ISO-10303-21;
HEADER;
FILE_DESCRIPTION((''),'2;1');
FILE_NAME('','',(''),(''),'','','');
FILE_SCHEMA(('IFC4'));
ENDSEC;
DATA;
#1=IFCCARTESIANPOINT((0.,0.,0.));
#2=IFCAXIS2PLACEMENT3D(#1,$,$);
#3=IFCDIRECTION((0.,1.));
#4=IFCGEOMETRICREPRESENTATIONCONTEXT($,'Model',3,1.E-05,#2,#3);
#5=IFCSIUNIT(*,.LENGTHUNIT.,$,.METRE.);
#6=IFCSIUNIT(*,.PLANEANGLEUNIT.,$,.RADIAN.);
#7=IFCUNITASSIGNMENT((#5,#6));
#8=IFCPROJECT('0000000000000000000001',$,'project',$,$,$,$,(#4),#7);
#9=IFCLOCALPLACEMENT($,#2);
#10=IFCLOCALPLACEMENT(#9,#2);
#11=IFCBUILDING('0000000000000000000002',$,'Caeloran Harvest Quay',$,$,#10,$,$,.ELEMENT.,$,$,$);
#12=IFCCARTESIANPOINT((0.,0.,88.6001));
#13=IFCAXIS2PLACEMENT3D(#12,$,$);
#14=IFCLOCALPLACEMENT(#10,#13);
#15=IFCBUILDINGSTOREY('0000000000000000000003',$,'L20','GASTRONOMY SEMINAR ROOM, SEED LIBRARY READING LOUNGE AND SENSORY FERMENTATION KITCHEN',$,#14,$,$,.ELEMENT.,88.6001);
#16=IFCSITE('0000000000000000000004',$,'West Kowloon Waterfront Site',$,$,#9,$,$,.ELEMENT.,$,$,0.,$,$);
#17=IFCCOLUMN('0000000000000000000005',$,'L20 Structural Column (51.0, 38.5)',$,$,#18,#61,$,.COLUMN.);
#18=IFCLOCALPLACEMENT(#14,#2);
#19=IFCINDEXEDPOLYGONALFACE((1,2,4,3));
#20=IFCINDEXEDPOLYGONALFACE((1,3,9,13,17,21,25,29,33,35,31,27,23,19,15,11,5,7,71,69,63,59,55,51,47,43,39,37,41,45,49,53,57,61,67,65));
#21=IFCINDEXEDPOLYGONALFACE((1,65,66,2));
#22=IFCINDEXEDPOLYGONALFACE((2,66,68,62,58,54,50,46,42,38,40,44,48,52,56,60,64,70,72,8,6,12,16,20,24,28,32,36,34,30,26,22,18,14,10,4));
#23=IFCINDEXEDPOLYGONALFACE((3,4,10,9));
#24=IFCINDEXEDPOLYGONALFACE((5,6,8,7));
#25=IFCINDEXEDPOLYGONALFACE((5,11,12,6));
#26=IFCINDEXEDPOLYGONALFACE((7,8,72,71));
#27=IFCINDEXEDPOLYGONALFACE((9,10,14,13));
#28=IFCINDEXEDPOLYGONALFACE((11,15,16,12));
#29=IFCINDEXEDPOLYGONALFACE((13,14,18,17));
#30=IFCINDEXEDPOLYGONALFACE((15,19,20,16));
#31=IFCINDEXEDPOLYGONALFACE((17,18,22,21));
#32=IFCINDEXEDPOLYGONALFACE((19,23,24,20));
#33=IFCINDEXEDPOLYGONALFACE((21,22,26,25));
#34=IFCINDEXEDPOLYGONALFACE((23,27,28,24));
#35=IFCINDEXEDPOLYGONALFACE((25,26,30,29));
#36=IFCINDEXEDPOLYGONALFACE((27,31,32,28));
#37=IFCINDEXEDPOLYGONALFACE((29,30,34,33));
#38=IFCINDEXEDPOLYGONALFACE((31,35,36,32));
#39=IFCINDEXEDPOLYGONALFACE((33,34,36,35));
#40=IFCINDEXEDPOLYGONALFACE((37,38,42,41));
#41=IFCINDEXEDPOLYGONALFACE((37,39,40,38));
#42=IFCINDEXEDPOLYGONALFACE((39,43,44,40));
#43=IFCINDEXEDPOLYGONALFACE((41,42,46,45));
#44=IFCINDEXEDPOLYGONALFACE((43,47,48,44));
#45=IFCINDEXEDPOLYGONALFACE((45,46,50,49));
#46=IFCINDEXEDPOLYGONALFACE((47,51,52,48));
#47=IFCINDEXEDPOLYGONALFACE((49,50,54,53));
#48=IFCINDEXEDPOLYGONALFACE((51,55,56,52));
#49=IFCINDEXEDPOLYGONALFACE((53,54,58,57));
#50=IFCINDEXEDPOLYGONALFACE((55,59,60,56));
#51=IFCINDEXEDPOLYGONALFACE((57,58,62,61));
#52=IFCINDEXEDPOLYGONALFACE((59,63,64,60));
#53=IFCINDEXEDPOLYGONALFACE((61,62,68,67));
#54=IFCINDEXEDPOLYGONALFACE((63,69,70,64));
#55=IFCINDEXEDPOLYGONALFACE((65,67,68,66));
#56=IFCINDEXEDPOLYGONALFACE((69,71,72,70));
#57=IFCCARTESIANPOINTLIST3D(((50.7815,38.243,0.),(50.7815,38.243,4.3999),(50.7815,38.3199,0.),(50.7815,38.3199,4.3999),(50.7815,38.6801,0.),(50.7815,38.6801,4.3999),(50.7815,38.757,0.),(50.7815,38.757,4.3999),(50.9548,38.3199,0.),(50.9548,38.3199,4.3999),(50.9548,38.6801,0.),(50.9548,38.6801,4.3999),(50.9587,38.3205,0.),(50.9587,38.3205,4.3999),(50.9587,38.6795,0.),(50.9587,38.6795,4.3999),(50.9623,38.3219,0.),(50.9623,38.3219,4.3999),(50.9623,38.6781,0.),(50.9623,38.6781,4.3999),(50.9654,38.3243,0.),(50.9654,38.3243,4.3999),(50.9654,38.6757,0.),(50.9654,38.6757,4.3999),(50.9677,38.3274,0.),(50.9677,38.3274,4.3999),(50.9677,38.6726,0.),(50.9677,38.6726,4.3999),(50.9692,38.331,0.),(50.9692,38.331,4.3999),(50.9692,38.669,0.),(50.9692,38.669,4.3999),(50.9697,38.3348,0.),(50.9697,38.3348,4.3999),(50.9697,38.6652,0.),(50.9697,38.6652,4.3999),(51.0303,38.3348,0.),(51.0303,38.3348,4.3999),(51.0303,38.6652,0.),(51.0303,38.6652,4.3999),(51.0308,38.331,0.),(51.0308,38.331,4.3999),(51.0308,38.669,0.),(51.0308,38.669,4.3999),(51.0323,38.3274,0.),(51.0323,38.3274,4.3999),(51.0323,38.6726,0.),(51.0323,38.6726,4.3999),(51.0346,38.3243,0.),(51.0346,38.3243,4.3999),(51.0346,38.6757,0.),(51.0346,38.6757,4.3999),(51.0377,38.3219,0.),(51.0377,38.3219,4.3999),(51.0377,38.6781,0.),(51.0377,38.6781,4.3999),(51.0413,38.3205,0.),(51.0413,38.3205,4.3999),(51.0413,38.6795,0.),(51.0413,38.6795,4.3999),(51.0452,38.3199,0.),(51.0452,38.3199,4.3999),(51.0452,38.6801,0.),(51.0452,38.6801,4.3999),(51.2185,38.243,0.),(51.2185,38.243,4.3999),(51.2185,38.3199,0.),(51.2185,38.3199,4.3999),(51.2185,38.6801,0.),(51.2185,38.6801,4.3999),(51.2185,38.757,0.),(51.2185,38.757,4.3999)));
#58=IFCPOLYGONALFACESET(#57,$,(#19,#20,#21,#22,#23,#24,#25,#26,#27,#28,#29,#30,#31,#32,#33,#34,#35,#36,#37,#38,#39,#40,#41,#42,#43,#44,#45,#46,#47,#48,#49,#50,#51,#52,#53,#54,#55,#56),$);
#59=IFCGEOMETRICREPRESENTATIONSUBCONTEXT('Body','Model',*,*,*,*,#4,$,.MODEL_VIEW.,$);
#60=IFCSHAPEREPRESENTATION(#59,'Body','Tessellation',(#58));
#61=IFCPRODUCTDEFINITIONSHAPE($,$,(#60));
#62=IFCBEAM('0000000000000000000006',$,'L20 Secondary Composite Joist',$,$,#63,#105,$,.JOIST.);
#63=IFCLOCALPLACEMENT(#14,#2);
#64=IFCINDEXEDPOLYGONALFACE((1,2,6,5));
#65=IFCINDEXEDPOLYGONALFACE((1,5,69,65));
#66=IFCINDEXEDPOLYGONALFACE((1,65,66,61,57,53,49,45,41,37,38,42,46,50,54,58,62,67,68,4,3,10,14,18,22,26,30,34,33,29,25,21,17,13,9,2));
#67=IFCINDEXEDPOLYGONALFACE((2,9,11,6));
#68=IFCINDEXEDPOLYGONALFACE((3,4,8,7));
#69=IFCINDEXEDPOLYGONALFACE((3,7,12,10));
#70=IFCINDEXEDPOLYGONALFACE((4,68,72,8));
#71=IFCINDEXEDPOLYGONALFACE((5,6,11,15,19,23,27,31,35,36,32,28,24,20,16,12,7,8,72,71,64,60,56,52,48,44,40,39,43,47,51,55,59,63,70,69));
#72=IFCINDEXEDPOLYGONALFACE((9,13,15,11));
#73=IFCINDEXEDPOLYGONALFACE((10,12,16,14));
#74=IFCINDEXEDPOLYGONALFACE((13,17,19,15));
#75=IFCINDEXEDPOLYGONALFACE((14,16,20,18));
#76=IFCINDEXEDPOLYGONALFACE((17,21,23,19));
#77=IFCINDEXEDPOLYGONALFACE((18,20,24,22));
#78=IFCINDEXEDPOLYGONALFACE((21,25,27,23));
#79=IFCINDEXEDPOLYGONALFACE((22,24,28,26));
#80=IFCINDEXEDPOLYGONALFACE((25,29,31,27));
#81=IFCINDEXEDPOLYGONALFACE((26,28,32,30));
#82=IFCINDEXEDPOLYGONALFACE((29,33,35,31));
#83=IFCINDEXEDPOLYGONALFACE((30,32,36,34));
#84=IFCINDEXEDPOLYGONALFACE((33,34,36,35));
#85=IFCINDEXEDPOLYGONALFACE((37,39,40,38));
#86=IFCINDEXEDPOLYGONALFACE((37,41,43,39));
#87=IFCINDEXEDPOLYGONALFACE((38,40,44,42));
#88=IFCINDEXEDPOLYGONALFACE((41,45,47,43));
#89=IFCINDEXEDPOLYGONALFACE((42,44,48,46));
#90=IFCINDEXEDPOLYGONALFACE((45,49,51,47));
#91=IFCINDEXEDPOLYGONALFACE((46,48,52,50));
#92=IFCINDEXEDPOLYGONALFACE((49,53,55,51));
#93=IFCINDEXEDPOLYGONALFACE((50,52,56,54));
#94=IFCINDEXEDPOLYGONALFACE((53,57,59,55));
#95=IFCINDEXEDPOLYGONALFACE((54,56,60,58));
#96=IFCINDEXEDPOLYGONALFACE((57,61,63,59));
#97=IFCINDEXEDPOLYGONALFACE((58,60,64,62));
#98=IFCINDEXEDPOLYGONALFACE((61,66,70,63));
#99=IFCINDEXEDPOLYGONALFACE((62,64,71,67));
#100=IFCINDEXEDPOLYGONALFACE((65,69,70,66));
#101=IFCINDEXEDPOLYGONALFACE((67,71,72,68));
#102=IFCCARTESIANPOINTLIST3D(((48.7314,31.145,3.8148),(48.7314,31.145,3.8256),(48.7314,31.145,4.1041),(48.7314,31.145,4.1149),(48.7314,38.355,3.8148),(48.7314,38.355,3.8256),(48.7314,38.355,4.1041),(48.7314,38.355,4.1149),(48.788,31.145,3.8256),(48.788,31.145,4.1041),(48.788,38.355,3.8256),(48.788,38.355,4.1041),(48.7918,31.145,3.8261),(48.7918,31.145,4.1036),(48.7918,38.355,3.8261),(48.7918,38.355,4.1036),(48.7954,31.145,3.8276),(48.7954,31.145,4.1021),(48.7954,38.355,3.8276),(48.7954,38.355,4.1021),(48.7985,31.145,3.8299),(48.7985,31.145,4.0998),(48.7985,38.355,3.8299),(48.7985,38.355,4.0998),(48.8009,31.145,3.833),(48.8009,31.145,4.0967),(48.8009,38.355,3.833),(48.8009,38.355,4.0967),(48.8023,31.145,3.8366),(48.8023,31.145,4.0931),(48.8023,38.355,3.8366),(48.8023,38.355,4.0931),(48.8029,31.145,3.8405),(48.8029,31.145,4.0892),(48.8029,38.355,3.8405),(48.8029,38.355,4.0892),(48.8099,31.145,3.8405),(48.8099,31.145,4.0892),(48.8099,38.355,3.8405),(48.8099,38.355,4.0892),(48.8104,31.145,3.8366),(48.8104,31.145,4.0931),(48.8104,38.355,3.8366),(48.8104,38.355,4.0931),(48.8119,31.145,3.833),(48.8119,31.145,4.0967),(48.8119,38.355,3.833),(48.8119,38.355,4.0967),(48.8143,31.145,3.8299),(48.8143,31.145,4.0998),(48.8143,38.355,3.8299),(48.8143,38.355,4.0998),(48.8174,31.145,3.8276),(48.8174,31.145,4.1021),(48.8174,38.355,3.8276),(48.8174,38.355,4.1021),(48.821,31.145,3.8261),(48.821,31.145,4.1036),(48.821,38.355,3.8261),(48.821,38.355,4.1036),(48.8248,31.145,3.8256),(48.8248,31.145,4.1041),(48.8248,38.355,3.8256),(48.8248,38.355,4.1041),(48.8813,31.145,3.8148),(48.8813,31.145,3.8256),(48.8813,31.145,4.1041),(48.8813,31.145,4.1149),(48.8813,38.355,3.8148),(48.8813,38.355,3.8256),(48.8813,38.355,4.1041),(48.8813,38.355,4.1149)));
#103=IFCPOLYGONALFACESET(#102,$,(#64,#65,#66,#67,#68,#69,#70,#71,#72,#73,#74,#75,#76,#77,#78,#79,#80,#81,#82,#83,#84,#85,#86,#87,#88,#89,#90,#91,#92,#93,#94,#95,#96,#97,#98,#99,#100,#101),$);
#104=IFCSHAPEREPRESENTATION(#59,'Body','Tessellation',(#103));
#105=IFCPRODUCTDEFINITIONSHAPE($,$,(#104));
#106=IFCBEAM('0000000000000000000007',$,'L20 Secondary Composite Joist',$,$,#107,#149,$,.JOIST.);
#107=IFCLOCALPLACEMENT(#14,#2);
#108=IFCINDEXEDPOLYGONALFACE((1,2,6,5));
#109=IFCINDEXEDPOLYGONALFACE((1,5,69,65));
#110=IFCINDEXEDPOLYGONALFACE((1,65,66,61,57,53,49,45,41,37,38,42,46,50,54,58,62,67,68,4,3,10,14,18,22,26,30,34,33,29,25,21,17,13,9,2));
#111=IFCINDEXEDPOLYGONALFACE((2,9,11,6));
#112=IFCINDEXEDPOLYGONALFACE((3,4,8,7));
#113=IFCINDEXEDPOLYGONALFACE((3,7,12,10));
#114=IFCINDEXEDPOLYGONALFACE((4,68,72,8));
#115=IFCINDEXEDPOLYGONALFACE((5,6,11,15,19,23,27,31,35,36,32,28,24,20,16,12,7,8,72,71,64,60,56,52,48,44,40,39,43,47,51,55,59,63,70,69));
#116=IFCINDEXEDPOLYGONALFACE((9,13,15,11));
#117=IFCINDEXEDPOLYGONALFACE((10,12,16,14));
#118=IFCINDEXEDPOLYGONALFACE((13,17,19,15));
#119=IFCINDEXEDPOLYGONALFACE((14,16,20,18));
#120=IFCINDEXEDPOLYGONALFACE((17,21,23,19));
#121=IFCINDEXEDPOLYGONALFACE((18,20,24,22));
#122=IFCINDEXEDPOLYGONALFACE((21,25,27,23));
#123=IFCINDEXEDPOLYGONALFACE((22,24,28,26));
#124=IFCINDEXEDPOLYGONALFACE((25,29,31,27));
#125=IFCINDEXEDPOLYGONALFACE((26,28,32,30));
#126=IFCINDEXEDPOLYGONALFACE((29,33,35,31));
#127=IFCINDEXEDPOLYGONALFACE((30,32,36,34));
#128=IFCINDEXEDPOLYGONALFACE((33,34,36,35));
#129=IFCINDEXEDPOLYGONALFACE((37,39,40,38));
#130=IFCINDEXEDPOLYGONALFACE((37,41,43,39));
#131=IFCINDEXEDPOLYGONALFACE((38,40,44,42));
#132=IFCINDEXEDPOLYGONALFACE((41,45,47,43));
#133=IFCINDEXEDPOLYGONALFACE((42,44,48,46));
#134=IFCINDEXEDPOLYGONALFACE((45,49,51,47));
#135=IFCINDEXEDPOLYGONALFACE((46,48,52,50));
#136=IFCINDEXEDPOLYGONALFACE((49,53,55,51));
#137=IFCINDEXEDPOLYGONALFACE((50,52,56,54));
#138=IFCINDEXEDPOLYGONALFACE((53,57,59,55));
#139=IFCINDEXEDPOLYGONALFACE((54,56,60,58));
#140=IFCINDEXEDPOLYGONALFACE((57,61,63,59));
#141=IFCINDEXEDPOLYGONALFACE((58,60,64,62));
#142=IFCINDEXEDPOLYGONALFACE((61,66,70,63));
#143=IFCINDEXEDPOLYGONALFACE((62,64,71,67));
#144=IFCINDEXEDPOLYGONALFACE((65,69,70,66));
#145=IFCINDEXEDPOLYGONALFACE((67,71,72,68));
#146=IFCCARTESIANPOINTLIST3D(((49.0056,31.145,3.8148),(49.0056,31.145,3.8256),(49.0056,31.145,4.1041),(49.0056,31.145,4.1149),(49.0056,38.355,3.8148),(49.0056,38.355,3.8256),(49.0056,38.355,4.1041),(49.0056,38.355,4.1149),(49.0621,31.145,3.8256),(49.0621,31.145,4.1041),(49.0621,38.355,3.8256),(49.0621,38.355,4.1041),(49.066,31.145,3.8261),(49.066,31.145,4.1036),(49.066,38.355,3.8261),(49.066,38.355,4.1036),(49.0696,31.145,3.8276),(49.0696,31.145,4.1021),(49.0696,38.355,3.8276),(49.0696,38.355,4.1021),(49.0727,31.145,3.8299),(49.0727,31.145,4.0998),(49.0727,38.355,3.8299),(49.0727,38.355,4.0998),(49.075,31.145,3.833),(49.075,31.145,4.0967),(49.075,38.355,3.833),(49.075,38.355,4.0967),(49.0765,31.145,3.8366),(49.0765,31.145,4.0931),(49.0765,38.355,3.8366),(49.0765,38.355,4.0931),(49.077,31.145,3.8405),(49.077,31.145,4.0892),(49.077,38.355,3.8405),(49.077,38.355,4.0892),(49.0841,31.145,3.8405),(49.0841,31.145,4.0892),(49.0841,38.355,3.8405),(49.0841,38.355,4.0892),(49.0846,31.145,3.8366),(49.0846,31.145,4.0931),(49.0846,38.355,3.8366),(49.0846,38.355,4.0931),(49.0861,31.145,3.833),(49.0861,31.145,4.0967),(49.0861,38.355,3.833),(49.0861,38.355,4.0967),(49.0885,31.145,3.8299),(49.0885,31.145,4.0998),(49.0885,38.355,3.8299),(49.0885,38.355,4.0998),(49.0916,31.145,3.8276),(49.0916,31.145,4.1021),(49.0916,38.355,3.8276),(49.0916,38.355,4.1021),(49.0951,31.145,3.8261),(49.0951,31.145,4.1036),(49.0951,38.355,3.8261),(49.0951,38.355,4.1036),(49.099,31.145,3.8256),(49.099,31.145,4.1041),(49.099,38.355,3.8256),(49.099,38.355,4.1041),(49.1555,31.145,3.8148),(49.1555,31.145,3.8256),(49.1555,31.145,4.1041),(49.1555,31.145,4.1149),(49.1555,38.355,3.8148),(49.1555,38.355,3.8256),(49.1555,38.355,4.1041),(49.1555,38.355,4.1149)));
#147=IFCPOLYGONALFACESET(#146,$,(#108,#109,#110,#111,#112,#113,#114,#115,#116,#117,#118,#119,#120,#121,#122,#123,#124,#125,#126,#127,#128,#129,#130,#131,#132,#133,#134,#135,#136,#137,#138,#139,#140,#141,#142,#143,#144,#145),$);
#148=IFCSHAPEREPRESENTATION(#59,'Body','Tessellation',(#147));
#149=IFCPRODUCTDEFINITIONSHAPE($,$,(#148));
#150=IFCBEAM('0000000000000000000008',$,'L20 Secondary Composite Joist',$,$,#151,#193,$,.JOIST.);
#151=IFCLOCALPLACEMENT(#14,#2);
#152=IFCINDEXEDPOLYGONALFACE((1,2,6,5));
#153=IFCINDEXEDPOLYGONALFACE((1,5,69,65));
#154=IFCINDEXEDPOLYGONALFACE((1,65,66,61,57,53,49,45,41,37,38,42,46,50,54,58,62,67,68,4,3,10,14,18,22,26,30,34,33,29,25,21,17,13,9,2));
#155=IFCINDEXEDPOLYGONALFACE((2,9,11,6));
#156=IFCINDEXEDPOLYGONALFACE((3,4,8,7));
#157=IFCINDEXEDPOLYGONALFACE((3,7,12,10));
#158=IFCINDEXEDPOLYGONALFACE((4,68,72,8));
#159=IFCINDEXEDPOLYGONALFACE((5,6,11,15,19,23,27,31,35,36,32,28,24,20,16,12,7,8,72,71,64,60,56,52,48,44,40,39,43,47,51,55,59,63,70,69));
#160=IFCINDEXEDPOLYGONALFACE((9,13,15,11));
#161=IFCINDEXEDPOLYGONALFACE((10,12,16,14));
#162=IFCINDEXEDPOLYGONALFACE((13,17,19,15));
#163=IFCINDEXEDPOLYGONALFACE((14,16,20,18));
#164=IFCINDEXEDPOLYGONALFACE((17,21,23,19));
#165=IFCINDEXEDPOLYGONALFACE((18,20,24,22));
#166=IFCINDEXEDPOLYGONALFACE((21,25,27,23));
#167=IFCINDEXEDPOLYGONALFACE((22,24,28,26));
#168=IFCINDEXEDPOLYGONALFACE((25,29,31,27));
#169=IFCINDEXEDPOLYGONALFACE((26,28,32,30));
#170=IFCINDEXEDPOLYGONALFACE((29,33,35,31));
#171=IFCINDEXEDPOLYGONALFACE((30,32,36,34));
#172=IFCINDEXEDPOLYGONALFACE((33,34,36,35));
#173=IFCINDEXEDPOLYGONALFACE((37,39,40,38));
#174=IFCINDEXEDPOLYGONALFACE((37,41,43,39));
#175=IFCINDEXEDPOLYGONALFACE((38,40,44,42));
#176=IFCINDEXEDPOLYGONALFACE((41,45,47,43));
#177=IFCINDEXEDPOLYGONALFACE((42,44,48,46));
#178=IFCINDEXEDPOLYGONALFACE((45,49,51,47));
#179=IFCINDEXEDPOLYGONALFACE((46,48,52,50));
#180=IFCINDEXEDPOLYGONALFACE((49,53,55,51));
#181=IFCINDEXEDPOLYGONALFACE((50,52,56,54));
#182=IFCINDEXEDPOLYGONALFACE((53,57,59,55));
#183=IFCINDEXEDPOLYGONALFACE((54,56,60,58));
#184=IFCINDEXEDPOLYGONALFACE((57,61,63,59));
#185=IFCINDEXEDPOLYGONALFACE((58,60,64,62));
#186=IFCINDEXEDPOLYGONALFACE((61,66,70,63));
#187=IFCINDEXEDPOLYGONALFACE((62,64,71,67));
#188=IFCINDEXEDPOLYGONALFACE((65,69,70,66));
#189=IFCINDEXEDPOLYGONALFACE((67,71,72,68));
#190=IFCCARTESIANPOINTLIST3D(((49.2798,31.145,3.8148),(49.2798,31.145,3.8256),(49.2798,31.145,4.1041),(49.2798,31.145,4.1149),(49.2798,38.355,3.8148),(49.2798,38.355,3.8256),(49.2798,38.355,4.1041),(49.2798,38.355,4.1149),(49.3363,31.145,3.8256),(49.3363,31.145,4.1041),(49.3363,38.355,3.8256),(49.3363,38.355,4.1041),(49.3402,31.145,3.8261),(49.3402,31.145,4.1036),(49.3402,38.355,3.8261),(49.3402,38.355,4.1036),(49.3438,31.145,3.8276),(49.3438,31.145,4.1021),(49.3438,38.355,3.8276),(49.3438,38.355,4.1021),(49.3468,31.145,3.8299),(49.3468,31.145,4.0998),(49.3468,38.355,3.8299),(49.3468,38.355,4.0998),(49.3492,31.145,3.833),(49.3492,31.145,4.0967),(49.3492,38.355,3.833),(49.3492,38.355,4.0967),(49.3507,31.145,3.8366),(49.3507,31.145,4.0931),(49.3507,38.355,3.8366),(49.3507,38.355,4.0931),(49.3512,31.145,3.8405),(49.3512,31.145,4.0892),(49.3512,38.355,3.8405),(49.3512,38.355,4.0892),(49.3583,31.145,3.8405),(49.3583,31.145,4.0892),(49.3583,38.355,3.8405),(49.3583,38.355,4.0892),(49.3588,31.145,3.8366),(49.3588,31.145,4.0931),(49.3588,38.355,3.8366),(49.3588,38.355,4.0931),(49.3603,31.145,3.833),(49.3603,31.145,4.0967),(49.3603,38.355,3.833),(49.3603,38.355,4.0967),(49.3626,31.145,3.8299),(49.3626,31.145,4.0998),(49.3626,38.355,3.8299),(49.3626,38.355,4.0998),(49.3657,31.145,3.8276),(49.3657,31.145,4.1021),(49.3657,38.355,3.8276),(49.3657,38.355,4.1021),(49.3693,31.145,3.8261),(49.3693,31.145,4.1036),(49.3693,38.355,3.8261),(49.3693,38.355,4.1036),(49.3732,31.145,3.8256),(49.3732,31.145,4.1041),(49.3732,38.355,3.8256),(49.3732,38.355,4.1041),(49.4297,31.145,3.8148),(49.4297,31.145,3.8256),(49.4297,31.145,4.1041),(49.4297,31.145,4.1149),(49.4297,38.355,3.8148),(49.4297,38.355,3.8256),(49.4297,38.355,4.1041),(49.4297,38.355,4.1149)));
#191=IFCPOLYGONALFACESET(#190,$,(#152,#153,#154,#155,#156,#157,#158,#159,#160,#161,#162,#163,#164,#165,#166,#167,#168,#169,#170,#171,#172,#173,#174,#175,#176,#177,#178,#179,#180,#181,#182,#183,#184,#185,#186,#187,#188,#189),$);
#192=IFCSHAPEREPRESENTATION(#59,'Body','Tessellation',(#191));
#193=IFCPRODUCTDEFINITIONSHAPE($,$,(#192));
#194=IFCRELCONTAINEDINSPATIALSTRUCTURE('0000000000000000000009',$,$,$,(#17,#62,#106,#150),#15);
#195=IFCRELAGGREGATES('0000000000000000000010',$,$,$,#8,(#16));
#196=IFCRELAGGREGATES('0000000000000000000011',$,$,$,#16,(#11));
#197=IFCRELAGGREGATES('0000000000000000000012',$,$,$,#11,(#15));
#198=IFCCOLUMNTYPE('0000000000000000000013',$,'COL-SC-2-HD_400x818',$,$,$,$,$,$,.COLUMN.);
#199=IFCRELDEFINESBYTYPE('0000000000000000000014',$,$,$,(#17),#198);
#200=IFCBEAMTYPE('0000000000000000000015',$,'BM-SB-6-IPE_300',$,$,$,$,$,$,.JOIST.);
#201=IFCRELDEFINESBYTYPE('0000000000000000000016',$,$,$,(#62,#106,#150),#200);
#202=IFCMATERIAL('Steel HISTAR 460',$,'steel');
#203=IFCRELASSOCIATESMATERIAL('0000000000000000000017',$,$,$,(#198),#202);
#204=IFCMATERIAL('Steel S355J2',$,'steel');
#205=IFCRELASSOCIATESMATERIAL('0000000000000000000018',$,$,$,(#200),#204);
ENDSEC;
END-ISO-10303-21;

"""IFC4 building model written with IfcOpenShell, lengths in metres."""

from ifc_helpers import new_model, si_unit, direction, frame, origin, origin_2d, place, context, subcontext, project, spatial, i_section, extrude, material, material_profile, profile_set, type_object, element, save


model = new_model("IFC4")

# Units and contexts
model_context = context("Model", 3, precision=1e-05, world=origin(), true_north=direction((0.0, 1.0)))
body_context = subcontext(model_context, "Body", "Model", "MODEL_VIEW")
ifc_project = project(units=[si_unit("LENGTHUNIT", "METRE"), si_unit("PLANEANGLEUNIT", "RADIAN")], contexts=[model_context])

# Site, building, storey
site_placement = place(None, origin())
site = spatial("IfcSite", under=ifc_project, at=site_placement, Name="West Kowloon Waterfront Site", CompositionType="ELEMENT", RefElevation=0.0)
building_placement = place(site_placement, origin())
building = spatial("IfcBuilding", under=site, at=building_placement, Name="Caeloran Harvest Quay", CompositionType="ELEMENT")
storey_placement = place(building_placement, frame((0.0, 0.0, 88.6001)))
storey = spatial("IfcBuildingStorey", under=building, at=storey_placement, Name="L20", Description="GASTRONOMY SEMINAR ROOM, SEED LIBRARY READING LOUNGE AND SENSORY FERMENTATION KITCHEN", CompositionType="ELEMENT", Elevation=88.6001)

# Column
ifc_material_1 = material(Name="Steel HISTAR 460", Category="steel")
ifc_material_profile_1 = material_profile(ifc_material_1, i_section(OverallWidth=0.437, OverallDepth=0.5139, WebThickness=0.0605, FlangeThickness=0.0769, FilletRadius=0.0149, at=origin_2d()), Name="HD 400x818")
ifc_profile_set_1 = profile_set([ifc_material_profile_1], Name="Steel HISTAR 460")
column_type = type_object("IfcColumnType", Name="COL-SC-2-HD_400x818", PredefinedType="COLUMN", material=ifc_profile_set_1)
column_placement = place(storey_placement, frame((51.0, 38.5, 0.0), z_axis=(0.0, 0.0, 1.0), x_axis=(1.0, 0.0, 0.0)))
element("IfcColumn", 1, at=column_placement, inside=storey, type_object=column_type, Name="L20 Structural Column (51.0, 38.5)", PredefinedType="COLUMN", context=body_context, shape_type="SweptSolid", body=[
    extrude(i_section(OverallWidth=0.437, OverallDepth=0.5139, WebThickness=0.0605, FlangeThickness=0.0769, FilletRadius=0.0149, at=origin_2d()), origin(), (0.0, 0.0, 1.0), 4.3999),
])

# Beams
ifc_material_2 = material(Name="Steel S355J2", Category="steel")
ifc_material_profile_2 = material_profile(ifc_material_2, i_section(OverallWidth=0.1499, OverallDepth=0.3, WebThickness=0.0071, FlangeThickness=0.0107, FilletRadius=0.0149, at=origin_2d()), Name="IPE 300")
ifc_profile_set_2 = profile_set([ifc_material_profile_2], Name="Steel S355J2")
beam_type_1 = type_object("IfcBeamType", Name="BM-SB-6-IPE_300", PredefinedType="JOIST", material=ifc_profile_set_2)
for number, where, z_axis, x_axis, name in (
    (2, (48.8064, 31.145, 3.9648), (0.0, 1.0, 0.0), (-1.0, 0.0, 0.0), "L20 Secondary Composite Joist"),
    (3, (49.0806, 31.145, 3.9648), (0.0, 1.0, 0.0), (-1.0, 0.0, 0.0), "L20 Secondary Composite Joist"),
    (4, (49.3547, 31.145, 3.9648), (0.0, 1.0, 0.0), (-1.0, 0.0, 0.0), "L20 Secondary Composite Joist"),
):
    element("IfcBeam", number, at=place(storey_placement, frame(where, z_axis=z_axis, x_axis=x_axis)), inside=storey, type_object=beam_type_1, Name=name, PredefinedType="JOIST", context=body_context, shape_type="SweptSolid", body=[
        extrude(i_section(OverallWidth=0.1499, OverallDepth=0.3, WebThickness=0.0071, FlangeThickness=0.0107, FilletRadius=0.0149, at=origin_2d()), origin(), (0.0, 0.0, 1.0), 7.21),
    ])

save(model, "model.ifc")
